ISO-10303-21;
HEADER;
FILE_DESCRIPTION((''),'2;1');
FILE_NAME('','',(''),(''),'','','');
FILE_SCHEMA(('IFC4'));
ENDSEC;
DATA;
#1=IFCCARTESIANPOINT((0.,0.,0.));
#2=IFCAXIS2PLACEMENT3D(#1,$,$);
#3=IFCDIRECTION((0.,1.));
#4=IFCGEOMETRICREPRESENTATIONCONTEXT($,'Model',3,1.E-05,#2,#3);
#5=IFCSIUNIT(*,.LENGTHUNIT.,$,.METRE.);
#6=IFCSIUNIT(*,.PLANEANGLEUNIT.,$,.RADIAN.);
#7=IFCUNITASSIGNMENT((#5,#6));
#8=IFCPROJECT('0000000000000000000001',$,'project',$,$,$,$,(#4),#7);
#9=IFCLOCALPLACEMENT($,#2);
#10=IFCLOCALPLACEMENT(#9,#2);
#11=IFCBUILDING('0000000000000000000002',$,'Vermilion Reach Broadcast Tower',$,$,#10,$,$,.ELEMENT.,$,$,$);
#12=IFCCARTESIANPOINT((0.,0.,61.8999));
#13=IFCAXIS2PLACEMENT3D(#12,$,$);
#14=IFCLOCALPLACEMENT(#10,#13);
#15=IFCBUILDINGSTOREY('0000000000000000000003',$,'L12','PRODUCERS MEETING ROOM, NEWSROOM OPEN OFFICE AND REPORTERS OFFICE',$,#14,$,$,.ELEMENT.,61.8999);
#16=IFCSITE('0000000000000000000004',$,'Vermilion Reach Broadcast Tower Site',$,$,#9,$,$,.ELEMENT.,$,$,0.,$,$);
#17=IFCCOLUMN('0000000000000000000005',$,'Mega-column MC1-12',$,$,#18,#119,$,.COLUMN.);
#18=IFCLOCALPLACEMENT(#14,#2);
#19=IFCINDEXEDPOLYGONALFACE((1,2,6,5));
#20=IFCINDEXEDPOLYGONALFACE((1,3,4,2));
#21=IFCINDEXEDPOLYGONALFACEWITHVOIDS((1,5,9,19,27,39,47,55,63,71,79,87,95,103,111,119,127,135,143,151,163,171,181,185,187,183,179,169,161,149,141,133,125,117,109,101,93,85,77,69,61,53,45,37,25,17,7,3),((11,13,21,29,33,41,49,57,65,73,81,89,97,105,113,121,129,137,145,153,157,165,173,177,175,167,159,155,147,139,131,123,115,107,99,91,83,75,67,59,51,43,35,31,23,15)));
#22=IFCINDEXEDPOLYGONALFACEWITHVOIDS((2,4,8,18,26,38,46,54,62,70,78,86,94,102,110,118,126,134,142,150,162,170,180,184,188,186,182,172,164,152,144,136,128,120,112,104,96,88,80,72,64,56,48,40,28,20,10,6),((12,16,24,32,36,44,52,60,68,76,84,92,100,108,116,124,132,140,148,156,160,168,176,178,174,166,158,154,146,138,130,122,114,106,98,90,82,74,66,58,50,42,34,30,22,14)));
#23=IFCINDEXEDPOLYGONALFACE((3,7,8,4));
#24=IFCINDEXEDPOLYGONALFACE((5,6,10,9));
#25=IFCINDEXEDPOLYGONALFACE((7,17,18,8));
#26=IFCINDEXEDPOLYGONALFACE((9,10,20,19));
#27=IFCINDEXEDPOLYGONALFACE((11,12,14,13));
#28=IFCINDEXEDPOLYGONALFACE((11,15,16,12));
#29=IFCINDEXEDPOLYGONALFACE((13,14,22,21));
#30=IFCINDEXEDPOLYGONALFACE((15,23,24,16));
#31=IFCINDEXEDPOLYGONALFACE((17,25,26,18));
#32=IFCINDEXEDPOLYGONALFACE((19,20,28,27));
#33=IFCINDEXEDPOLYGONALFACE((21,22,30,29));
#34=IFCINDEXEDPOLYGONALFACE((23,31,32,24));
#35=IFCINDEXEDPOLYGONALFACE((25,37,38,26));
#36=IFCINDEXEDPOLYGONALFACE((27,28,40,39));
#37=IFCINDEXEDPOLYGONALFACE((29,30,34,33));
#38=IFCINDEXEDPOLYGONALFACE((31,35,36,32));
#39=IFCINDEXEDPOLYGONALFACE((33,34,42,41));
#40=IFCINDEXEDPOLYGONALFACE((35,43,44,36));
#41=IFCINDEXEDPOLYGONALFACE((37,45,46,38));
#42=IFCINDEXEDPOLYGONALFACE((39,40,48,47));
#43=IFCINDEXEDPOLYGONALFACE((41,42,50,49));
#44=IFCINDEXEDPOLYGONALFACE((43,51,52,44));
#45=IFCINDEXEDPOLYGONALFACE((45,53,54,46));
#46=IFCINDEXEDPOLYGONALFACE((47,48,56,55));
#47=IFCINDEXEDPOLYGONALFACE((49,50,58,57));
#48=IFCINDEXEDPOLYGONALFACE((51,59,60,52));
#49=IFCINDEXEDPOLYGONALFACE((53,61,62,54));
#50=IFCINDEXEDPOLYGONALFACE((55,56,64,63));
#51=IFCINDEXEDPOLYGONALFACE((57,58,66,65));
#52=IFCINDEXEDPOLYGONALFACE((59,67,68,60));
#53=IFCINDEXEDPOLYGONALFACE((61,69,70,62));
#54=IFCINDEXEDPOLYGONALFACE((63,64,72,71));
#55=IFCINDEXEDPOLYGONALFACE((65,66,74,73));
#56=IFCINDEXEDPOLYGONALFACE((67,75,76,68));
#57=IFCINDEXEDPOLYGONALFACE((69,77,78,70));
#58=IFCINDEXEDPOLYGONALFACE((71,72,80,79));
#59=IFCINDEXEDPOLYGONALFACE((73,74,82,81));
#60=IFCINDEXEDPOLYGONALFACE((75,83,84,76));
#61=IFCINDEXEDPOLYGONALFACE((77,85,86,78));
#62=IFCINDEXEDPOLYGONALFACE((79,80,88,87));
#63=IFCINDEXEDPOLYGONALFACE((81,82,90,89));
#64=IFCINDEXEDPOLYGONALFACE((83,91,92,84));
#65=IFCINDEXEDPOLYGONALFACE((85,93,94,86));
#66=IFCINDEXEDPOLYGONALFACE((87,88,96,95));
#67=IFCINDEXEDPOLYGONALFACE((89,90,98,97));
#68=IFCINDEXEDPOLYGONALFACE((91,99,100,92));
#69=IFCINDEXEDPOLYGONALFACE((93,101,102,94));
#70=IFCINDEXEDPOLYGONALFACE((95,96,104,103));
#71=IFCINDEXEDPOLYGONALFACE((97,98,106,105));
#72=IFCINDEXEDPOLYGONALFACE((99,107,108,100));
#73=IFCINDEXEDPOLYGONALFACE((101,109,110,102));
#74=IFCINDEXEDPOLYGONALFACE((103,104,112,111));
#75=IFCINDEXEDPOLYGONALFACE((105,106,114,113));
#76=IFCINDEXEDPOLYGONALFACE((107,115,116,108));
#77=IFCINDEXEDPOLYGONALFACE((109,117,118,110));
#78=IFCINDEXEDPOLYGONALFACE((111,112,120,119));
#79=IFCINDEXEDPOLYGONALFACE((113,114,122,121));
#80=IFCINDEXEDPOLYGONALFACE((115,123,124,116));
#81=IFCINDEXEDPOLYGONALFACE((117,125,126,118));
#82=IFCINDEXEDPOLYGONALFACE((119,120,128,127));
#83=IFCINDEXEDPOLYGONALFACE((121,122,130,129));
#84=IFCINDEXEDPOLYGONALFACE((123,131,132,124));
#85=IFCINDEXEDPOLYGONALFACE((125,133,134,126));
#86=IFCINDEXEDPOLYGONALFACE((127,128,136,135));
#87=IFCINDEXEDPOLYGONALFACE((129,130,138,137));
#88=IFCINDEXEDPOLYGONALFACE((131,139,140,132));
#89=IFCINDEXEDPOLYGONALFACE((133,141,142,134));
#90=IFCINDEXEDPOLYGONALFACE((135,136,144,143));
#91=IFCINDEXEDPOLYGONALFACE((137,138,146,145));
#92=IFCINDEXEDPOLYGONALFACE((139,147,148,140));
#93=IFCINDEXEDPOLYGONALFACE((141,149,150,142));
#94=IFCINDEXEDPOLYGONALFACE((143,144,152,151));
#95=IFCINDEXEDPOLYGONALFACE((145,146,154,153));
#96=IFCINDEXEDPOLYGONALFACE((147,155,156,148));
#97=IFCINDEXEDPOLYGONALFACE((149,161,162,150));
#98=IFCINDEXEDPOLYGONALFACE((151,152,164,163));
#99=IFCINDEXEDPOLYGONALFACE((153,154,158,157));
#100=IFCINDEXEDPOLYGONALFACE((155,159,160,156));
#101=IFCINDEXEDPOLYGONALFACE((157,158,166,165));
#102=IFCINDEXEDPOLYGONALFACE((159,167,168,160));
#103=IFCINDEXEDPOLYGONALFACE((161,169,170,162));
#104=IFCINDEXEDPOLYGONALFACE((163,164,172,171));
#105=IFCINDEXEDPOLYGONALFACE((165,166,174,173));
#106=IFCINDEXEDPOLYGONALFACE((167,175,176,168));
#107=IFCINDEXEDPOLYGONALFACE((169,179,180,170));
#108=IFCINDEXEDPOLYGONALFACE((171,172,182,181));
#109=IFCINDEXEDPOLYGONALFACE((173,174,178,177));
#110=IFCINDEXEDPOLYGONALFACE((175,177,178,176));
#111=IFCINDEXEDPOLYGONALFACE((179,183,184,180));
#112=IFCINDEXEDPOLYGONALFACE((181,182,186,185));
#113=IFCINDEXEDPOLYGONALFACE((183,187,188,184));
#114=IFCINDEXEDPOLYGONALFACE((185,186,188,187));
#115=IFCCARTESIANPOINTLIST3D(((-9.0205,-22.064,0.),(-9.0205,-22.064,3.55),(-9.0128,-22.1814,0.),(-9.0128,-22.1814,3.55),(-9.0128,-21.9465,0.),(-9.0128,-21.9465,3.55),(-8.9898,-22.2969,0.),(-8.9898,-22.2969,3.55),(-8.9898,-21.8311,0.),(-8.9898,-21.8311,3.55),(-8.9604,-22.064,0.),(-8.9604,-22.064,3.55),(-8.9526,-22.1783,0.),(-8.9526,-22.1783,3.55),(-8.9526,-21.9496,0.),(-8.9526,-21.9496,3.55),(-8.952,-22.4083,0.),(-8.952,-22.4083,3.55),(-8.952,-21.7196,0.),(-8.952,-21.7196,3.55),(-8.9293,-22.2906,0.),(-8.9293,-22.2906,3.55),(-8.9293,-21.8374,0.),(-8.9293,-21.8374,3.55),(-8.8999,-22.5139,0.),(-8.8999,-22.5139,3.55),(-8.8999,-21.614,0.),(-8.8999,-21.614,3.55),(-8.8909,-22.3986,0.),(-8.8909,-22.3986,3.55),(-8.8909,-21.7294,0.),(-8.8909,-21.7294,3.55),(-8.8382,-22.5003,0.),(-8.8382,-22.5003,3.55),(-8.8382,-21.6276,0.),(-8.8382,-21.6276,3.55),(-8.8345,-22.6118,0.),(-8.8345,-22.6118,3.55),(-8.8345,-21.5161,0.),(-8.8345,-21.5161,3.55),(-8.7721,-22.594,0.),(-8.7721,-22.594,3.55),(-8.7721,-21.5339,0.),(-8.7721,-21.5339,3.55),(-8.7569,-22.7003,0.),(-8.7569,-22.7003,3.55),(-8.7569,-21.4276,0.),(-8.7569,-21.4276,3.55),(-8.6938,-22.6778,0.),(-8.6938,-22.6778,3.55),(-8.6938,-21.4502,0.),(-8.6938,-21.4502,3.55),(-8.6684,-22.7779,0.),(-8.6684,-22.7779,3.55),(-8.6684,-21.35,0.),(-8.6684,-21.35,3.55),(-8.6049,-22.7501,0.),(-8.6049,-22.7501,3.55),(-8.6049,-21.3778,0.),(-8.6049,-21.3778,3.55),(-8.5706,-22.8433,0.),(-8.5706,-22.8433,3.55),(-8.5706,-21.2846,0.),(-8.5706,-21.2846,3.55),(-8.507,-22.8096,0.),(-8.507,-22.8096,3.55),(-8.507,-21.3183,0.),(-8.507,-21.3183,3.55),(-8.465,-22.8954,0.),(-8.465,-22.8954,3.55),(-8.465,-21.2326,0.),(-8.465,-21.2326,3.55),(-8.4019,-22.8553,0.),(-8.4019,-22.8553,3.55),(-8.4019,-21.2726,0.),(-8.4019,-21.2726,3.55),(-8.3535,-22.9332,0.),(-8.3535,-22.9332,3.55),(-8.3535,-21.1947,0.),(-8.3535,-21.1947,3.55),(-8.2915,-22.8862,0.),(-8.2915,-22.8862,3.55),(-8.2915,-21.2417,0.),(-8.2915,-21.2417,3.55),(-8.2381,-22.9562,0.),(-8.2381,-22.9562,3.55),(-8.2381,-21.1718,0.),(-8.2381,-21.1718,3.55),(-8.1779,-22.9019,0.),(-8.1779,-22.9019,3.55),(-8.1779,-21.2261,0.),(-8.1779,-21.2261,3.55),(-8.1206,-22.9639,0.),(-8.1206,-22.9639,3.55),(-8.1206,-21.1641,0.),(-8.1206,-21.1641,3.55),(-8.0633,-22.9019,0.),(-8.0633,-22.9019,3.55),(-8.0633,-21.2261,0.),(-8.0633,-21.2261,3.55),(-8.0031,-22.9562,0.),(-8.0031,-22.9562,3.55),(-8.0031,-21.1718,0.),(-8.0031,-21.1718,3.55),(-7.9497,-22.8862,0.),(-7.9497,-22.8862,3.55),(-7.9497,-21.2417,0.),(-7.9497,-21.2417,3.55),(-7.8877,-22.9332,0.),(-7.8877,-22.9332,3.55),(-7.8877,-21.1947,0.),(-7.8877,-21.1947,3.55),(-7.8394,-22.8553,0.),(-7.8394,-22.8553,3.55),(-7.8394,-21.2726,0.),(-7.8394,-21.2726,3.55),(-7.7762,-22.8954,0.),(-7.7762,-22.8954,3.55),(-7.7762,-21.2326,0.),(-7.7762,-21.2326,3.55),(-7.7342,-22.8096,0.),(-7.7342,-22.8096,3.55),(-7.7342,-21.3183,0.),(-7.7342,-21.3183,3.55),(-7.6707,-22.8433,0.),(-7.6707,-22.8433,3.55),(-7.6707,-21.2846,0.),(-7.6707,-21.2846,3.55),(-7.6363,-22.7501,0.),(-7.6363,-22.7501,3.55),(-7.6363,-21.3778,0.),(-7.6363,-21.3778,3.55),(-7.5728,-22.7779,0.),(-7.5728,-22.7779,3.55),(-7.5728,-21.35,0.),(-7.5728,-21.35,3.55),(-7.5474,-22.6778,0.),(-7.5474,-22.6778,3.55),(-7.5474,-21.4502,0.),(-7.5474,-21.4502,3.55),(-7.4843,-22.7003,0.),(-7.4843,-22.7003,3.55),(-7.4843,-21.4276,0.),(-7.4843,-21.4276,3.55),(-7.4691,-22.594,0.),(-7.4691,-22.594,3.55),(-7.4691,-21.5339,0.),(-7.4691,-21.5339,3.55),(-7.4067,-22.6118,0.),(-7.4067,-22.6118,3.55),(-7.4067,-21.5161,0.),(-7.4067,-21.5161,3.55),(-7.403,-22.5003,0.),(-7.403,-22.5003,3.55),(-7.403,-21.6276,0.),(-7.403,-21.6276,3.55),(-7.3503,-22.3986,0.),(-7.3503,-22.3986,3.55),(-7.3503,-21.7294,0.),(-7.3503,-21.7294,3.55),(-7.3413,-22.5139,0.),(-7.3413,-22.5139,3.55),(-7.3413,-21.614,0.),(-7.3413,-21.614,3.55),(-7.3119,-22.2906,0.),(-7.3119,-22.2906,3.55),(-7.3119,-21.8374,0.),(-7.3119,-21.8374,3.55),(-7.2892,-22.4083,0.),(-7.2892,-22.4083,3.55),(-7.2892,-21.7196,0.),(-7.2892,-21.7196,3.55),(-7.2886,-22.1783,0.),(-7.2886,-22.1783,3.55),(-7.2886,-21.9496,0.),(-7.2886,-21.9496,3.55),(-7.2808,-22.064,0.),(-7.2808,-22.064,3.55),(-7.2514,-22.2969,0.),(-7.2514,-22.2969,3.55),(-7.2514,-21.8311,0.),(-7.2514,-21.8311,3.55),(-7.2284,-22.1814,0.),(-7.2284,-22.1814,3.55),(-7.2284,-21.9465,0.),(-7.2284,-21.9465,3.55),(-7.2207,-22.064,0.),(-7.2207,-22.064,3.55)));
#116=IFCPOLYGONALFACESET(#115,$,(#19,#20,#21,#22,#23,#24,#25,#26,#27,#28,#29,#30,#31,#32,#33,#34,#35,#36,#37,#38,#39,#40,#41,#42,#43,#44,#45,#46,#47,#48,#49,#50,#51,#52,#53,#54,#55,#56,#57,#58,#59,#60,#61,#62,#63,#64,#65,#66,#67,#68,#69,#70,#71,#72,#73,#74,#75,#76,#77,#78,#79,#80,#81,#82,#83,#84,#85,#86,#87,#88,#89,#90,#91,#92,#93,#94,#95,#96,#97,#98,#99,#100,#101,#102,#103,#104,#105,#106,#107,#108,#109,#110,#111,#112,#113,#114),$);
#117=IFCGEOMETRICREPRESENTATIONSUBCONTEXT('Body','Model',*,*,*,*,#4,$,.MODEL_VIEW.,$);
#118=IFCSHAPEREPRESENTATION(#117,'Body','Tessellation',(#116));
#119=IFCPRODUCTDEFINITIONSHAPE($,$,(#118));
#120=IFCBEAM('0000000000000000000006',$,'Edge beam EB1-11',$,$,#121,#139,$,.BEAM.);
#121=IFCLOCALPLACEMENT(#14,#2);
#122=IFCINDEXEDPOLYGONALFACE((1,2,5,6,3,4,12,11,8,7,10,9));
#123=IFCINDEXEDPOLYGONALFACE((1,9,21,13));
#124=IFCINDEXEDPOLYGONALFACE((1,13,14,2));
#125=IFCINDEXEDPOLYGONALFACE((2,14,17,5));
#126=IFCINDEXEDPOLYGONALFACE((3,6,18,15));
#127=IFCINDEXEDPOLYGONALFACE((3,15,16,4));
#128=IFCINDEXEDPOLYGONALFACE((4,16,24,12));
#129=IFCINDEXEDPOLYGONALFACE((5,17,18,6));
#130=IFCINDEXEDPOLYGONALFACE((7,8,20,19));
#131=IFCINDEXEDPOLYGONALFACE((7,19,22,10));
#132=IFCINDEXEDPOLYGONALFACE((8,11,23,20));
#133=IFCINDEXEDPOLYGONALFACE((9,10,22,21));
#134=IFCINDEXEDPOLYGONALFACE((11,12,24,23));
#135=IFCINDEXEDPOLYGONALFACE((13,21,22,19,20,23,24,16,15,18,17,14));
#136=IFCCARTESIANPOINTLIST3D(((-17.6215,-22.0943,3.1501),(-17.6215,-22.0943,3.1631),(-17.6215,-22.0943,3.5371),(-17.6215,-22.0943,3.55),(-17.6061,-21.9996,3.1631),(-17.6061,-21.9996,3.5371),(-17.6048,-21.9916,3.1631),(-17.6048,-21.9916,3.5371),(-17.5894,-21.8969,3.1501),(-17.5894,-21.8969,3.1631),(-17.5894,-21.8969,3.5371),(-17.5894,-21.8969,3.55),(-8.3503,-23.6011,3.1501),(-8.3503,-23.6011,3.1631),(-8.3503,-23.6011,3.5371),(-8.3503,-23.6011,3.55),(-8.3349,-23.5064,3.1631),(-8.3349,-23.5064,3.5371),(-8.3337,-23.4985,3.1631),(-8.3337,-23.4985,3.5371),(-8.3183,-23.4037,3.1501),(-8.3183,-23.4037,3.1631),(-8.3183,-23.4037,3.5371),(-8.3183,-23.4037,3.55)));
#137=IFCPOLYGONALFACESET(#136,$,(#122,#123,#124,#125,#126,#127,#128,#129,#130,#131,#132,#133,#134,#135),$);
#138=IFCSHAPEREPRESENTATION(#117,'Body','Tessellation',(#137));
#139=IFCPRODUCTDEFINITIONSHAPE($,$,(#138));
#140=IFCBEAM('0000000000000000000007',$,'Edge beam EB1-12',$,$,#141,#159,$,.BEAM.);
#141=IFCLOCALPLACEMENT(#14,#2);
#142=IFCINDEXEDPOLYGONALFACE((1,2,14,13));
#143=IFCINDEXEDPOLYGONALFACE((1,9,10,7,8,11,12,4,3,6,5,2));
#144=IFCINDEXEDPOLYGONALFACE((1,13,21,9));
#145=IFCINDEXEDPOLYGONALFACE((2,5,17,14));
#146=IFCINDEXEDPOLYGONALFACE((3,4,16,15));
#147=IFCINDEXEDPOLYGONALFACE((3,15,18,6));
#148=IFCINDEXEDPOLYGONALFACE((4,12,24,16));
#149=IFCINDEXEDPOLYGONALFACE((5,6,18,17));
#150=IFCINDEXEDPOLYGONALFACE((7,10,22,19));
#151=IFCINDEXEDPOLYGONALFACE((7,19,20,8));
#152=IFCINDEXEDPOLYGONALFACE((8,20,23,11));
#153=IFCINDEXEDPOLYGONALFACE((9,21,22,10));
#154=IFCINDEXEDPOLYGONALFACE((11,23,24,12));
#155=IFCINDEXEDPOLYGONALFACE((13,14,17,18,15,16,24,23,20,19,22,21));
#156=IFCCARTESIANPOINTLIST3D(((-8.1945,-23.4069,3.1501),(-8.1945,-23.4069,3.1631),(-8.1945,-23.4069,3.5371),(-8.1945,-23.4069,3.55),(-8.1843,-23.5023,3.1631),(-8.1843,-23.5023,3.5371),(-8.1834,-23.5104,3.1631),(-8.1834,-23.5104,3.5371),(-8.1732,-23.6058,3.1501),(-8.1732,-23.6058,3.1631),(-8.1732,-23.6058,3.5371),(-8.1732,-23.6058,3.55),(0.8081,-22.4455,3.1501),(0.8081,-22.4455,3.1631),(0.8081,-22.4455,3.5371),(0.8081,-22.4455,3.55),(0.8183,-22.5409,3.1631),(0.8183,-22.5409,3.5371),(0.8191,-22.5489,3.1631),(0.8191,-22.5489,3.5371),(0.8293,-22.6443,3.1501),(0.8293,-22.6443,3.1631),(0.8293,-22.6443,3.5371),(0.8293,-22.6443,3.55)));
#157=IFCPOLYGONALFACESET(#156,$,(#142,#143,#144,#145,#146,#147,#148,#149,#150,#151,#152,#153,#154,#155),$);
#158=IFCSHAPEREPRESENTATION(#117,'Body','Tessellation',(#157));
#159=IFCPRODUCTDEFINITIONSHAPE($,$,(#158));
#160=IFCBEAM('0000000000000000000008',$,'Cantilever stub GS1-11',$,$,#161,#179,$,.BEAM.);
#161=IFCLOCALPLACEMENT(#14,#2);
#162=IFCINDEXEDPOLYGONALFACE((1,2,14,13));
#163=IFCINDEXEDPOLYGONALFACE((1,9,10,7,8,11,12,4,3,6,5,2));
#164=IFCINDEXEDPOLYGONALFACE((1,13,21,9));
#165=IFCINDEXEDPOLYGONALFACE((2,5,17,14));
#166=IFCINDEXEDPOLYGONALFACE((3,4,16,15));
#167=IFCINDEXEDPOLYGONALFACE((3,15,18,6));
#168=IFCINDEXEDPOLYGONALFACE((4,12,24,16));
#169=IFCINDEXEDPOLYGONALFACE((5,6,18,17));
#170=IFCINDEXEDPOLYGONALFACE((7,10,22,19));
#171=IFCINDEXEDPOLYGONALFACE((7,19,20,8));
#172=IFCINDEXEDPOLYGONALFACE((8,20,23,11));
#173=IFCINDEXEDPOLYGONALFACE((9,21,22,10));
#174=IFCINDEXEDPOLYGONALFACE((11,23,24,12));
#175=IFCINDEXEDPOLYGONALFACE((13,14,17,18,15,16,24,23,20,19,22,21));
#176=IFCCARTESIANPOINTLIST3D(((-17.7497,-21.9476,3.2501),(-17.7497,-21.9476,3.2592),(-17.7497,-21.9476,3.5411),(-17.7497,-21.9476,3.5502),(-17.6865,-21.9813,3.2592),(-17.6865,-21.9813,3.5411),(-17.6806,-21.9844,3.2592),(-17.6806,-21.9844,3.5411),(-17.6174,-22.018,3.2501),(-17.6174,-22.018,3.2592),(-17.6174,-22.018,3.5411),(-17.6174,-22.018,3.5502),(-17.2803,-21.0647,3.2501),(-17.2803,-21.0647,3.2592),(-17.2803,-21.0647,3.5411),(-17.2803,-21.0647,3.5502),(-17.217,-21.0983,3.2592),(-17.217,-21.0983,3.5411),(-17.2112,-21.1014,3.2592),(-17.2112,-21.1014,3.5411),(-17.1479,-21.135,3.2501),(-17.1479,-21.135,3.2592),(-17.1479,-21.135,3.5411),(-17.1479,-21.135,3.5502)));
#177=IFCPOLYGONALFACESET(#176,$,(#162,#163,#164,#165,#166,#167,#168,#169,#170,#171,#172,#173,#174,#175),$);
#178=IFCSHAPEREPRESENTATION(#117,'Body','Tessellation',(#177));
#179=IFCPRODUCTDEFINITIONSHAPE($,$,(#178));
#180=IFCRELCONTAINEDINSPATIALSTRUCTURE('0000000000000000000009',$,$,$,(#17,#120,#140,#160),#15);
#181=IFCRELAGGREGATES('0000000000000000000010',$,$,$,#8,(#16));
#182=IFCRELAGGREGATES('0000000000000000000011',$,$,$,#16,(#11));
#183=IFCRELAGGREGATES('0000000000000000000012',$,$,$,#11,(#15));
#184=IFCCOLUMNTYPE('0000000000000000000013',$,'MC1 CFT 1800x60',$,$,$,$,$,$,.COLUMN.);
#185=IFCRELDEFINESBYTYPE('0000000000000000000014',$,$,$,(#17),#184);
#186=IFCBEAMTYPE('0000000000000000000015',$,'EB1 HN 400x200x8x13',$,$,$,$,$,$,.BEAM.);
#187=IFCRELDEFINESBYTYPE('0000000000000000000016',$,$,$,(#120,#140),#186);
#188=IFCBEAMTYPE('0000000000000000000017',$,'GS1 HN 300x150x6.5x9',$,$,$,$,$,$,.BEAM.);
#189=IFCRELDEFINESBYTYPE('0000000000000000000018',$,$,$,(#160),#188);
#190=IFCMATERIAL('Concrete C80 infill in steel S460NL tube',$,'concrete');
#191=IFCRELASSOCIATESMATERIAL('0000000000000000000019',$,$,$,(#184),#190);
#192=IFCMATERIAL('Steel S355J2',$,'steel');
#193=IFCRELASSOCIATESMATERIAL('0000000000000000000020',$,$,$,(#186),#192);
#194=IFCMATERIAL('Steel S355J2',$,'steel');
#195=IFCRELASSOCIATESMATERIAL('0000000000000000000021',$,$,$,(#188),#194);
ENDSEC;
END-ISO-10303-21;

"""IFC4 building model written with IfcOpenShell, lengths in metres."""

from ifc_helpers import new_model, si_unit, direction, frame, origin, origin_2d, place, context, subcontext, project, spatial, hollow_circle, i_section, extrude, material, material_profile, profile_set, type_object, element, save


model = new_model("IFC4")

# Units and contexts
model_context = context("Model", 3, precision=1e-05, world=origin(), true_north=direction((0.0, 1.0)))
body_context = subcontext(model_context, "Body", "Model", "MODEL_VIEW")
ifc_project = project(units=[si_unit("LENGTHUNIT", "METRE"), si_unit("PLANEANGLEUNIT", "RADIAN")], contexts=[model_context])

# Site, building, storey
site_placement = place(None, origin())
site = spatial("IfcSite", under=ifc_project, at=site_placement, Name="Vermilion Reach Broadcast Tower Site", CompositionType="ELEMENT", RefElevation=0.0)
building_placement = place(site_placement, origin())
building = spatial("IfcBuilding", under=site, at=building_placement, Name="Vermilion Reach Broadcast Tower", CompositionType="ELEMENT")
storey_placement = place(building_placement, frame((0.0, 0.0, 61.8999)))
storey = spatial("IfcBuildingStorey", under=building, at=storey_placement, Name="L12", Description="PRODUCERS MEETING ROOM, NEWSROOM OPEN OFFICE AND REPORTERS OFFICE", CompositionType="ELEMENT", Elevation=61.8999)

# Column
ifc_material_1 = material(Name="Concrete C80 infill in steel S460NL tube", Category="concrete")
ifc_material_profile_1 = material_profile(ifc_material_1, hollow_circle(Radius=0.8999, WallThickness=0.0601, at=origin_2d()), Name="Concrete C80 infill in steel S460NL tube CFT 1800x60")
ifc_profile_set_1 = profile_set([ifc_material_profile_1], Name="Concrete C80 infill in steel S460NL tube")
column_type = type_object("IfcColumnType", Name="MC1 CFT 1800x60", PredefinedType="COLUMN", material=ifc_profile_set_1)
for number, where, z_axis, x_axis, name in (
    (1, (-8.1206, -22.064, 0.0), (0.0, 0.0, 1.0), (1.0, 0.0, 0.0), "Mega-column MC1-12"),
):
    element("IfcColumn", number, at=place(storey_placement, frame(where, z_axis=z_axis, x_axis=x_axis)), inside=storey, type_object=column_type, Name=name, PredefinedType="COLUMN", context=body_context, shape_type="SweptSolid", body=[
        extrude(hollow_circle(Radius=0.8999, WallThickness=0.0601, at=origin_2d()), origin(), (0.0, 0.0, 1.0), 3.55),
    ])

# Beams
ifc_material_2 = material(Name="Steel S355J2", Category="steel")
ifc_material_profile_2 = material_profile(ifc_material_2, i_section(OverallWidth=0.2, OverallDepth=0.3999, WebThickness=0.0081, FlangeThickness=0.0129, at=origin_2d()), Name="S355J2 HN 400x200x8x13")
ifc_profile_set_2 = profile_set([ifc_material_profile_2], Name="Steel S355J2")
beam_type_1 = type_object("IfcBeamType", Name="EB1 HN 400x200x8x13", PredefinedType="BEAM", material=ifc_profile_set_2)
beam_1_placement = place(storey_placement, frame((-17.6055, -21.9956, 3.3501), z_axis=(0.987048, -0.160423, 0.0), x_axis=(0.160423, 0.987048, 0.0)))
element("IfcBeam", 2, at=beam_1_placement, inside=storey, type_object=beam_type_1, Name="Edge beam EB1-11", PredefinedType="BEAM", context=body_context, shape_type="SweptSolid", body=[
    extrude(i_section(OverallWidth=0.2, OverallDepth=0.3999, WebThickness=0.0081, FlangeThickness=0.0129, at=origin_2d()), origin(), (0.0, 0.0, 1.0), 9.3928),
])
beam_2_placement = place(storey_placement, frame((-8.1838, -23.5063, 3.3501), z_axis=(0.994346, 0.106192, 0.0), x_axis=(-0.106192, 0.994346, 0.0)))
element("IfcBeam", 3, at=beam_2_placement, inside=storey, type_object=beam_type_1, Name="Edge beam EB1-12", PredefinedType="BEAM", context=body_context, shape_type="SweptSolid", body=[
    extrude(i_section(OverallWidth=0.2, OverallDepth=0.3999, WebThickness=0.0081, FlangeThickness=0.0129, at=origin_2d()), origin(), (0.0, 0.0, 1.0), 9.0537),
])
ifc_material_3 = material(Name="Steel S355J2", Category="steel")
ifc_material_profile_3 = material_profile(ifc_material_3, i_section(OverallWidth=0.1499, OverallDepth=0.3, WebThickness=0.0066, FlangeThickness=0.009, at=origin_2d()), Name="S355J2 HN 300x150x6.5x9")
ifc_profile_set_3 = profile_set([ifc_material_profile_3], Name="Steel S355J2")
beam_type_2 = type_object("IfcBeamType", Name="GS1 HN 300x150x6.5x9", PredefinedType="BEAM", material=ifc_profile_set_3)
for number, where, z_axis, x_axis, name in (
    (4, (-17.2141, -21.0999, 3.4001), (-0.469435, -0.882967, 0.0), (0.882967, -0.469435, 0.0), "Cantilever stub GS1-11"),
):
    element("IfcBeam", number, at=place(storey_placement, frame(where, z_axis=z_axis, x_axis=x_axis)), inside=storey, type_object=beam_type_2, Name=name, PredefinedType="BEAM", context=body_context, shape_type="SweptSolid", body=[
        extrude(i_section(OverallWidth=0.1499, OverallDepth=0.3, WebThickness=0.0066, FlangeThickness=0.009, at=origin_2d()), origin(), (0.0, 0.0, 1.0), 1.0),
    ])

save(model, "model.ifc")
